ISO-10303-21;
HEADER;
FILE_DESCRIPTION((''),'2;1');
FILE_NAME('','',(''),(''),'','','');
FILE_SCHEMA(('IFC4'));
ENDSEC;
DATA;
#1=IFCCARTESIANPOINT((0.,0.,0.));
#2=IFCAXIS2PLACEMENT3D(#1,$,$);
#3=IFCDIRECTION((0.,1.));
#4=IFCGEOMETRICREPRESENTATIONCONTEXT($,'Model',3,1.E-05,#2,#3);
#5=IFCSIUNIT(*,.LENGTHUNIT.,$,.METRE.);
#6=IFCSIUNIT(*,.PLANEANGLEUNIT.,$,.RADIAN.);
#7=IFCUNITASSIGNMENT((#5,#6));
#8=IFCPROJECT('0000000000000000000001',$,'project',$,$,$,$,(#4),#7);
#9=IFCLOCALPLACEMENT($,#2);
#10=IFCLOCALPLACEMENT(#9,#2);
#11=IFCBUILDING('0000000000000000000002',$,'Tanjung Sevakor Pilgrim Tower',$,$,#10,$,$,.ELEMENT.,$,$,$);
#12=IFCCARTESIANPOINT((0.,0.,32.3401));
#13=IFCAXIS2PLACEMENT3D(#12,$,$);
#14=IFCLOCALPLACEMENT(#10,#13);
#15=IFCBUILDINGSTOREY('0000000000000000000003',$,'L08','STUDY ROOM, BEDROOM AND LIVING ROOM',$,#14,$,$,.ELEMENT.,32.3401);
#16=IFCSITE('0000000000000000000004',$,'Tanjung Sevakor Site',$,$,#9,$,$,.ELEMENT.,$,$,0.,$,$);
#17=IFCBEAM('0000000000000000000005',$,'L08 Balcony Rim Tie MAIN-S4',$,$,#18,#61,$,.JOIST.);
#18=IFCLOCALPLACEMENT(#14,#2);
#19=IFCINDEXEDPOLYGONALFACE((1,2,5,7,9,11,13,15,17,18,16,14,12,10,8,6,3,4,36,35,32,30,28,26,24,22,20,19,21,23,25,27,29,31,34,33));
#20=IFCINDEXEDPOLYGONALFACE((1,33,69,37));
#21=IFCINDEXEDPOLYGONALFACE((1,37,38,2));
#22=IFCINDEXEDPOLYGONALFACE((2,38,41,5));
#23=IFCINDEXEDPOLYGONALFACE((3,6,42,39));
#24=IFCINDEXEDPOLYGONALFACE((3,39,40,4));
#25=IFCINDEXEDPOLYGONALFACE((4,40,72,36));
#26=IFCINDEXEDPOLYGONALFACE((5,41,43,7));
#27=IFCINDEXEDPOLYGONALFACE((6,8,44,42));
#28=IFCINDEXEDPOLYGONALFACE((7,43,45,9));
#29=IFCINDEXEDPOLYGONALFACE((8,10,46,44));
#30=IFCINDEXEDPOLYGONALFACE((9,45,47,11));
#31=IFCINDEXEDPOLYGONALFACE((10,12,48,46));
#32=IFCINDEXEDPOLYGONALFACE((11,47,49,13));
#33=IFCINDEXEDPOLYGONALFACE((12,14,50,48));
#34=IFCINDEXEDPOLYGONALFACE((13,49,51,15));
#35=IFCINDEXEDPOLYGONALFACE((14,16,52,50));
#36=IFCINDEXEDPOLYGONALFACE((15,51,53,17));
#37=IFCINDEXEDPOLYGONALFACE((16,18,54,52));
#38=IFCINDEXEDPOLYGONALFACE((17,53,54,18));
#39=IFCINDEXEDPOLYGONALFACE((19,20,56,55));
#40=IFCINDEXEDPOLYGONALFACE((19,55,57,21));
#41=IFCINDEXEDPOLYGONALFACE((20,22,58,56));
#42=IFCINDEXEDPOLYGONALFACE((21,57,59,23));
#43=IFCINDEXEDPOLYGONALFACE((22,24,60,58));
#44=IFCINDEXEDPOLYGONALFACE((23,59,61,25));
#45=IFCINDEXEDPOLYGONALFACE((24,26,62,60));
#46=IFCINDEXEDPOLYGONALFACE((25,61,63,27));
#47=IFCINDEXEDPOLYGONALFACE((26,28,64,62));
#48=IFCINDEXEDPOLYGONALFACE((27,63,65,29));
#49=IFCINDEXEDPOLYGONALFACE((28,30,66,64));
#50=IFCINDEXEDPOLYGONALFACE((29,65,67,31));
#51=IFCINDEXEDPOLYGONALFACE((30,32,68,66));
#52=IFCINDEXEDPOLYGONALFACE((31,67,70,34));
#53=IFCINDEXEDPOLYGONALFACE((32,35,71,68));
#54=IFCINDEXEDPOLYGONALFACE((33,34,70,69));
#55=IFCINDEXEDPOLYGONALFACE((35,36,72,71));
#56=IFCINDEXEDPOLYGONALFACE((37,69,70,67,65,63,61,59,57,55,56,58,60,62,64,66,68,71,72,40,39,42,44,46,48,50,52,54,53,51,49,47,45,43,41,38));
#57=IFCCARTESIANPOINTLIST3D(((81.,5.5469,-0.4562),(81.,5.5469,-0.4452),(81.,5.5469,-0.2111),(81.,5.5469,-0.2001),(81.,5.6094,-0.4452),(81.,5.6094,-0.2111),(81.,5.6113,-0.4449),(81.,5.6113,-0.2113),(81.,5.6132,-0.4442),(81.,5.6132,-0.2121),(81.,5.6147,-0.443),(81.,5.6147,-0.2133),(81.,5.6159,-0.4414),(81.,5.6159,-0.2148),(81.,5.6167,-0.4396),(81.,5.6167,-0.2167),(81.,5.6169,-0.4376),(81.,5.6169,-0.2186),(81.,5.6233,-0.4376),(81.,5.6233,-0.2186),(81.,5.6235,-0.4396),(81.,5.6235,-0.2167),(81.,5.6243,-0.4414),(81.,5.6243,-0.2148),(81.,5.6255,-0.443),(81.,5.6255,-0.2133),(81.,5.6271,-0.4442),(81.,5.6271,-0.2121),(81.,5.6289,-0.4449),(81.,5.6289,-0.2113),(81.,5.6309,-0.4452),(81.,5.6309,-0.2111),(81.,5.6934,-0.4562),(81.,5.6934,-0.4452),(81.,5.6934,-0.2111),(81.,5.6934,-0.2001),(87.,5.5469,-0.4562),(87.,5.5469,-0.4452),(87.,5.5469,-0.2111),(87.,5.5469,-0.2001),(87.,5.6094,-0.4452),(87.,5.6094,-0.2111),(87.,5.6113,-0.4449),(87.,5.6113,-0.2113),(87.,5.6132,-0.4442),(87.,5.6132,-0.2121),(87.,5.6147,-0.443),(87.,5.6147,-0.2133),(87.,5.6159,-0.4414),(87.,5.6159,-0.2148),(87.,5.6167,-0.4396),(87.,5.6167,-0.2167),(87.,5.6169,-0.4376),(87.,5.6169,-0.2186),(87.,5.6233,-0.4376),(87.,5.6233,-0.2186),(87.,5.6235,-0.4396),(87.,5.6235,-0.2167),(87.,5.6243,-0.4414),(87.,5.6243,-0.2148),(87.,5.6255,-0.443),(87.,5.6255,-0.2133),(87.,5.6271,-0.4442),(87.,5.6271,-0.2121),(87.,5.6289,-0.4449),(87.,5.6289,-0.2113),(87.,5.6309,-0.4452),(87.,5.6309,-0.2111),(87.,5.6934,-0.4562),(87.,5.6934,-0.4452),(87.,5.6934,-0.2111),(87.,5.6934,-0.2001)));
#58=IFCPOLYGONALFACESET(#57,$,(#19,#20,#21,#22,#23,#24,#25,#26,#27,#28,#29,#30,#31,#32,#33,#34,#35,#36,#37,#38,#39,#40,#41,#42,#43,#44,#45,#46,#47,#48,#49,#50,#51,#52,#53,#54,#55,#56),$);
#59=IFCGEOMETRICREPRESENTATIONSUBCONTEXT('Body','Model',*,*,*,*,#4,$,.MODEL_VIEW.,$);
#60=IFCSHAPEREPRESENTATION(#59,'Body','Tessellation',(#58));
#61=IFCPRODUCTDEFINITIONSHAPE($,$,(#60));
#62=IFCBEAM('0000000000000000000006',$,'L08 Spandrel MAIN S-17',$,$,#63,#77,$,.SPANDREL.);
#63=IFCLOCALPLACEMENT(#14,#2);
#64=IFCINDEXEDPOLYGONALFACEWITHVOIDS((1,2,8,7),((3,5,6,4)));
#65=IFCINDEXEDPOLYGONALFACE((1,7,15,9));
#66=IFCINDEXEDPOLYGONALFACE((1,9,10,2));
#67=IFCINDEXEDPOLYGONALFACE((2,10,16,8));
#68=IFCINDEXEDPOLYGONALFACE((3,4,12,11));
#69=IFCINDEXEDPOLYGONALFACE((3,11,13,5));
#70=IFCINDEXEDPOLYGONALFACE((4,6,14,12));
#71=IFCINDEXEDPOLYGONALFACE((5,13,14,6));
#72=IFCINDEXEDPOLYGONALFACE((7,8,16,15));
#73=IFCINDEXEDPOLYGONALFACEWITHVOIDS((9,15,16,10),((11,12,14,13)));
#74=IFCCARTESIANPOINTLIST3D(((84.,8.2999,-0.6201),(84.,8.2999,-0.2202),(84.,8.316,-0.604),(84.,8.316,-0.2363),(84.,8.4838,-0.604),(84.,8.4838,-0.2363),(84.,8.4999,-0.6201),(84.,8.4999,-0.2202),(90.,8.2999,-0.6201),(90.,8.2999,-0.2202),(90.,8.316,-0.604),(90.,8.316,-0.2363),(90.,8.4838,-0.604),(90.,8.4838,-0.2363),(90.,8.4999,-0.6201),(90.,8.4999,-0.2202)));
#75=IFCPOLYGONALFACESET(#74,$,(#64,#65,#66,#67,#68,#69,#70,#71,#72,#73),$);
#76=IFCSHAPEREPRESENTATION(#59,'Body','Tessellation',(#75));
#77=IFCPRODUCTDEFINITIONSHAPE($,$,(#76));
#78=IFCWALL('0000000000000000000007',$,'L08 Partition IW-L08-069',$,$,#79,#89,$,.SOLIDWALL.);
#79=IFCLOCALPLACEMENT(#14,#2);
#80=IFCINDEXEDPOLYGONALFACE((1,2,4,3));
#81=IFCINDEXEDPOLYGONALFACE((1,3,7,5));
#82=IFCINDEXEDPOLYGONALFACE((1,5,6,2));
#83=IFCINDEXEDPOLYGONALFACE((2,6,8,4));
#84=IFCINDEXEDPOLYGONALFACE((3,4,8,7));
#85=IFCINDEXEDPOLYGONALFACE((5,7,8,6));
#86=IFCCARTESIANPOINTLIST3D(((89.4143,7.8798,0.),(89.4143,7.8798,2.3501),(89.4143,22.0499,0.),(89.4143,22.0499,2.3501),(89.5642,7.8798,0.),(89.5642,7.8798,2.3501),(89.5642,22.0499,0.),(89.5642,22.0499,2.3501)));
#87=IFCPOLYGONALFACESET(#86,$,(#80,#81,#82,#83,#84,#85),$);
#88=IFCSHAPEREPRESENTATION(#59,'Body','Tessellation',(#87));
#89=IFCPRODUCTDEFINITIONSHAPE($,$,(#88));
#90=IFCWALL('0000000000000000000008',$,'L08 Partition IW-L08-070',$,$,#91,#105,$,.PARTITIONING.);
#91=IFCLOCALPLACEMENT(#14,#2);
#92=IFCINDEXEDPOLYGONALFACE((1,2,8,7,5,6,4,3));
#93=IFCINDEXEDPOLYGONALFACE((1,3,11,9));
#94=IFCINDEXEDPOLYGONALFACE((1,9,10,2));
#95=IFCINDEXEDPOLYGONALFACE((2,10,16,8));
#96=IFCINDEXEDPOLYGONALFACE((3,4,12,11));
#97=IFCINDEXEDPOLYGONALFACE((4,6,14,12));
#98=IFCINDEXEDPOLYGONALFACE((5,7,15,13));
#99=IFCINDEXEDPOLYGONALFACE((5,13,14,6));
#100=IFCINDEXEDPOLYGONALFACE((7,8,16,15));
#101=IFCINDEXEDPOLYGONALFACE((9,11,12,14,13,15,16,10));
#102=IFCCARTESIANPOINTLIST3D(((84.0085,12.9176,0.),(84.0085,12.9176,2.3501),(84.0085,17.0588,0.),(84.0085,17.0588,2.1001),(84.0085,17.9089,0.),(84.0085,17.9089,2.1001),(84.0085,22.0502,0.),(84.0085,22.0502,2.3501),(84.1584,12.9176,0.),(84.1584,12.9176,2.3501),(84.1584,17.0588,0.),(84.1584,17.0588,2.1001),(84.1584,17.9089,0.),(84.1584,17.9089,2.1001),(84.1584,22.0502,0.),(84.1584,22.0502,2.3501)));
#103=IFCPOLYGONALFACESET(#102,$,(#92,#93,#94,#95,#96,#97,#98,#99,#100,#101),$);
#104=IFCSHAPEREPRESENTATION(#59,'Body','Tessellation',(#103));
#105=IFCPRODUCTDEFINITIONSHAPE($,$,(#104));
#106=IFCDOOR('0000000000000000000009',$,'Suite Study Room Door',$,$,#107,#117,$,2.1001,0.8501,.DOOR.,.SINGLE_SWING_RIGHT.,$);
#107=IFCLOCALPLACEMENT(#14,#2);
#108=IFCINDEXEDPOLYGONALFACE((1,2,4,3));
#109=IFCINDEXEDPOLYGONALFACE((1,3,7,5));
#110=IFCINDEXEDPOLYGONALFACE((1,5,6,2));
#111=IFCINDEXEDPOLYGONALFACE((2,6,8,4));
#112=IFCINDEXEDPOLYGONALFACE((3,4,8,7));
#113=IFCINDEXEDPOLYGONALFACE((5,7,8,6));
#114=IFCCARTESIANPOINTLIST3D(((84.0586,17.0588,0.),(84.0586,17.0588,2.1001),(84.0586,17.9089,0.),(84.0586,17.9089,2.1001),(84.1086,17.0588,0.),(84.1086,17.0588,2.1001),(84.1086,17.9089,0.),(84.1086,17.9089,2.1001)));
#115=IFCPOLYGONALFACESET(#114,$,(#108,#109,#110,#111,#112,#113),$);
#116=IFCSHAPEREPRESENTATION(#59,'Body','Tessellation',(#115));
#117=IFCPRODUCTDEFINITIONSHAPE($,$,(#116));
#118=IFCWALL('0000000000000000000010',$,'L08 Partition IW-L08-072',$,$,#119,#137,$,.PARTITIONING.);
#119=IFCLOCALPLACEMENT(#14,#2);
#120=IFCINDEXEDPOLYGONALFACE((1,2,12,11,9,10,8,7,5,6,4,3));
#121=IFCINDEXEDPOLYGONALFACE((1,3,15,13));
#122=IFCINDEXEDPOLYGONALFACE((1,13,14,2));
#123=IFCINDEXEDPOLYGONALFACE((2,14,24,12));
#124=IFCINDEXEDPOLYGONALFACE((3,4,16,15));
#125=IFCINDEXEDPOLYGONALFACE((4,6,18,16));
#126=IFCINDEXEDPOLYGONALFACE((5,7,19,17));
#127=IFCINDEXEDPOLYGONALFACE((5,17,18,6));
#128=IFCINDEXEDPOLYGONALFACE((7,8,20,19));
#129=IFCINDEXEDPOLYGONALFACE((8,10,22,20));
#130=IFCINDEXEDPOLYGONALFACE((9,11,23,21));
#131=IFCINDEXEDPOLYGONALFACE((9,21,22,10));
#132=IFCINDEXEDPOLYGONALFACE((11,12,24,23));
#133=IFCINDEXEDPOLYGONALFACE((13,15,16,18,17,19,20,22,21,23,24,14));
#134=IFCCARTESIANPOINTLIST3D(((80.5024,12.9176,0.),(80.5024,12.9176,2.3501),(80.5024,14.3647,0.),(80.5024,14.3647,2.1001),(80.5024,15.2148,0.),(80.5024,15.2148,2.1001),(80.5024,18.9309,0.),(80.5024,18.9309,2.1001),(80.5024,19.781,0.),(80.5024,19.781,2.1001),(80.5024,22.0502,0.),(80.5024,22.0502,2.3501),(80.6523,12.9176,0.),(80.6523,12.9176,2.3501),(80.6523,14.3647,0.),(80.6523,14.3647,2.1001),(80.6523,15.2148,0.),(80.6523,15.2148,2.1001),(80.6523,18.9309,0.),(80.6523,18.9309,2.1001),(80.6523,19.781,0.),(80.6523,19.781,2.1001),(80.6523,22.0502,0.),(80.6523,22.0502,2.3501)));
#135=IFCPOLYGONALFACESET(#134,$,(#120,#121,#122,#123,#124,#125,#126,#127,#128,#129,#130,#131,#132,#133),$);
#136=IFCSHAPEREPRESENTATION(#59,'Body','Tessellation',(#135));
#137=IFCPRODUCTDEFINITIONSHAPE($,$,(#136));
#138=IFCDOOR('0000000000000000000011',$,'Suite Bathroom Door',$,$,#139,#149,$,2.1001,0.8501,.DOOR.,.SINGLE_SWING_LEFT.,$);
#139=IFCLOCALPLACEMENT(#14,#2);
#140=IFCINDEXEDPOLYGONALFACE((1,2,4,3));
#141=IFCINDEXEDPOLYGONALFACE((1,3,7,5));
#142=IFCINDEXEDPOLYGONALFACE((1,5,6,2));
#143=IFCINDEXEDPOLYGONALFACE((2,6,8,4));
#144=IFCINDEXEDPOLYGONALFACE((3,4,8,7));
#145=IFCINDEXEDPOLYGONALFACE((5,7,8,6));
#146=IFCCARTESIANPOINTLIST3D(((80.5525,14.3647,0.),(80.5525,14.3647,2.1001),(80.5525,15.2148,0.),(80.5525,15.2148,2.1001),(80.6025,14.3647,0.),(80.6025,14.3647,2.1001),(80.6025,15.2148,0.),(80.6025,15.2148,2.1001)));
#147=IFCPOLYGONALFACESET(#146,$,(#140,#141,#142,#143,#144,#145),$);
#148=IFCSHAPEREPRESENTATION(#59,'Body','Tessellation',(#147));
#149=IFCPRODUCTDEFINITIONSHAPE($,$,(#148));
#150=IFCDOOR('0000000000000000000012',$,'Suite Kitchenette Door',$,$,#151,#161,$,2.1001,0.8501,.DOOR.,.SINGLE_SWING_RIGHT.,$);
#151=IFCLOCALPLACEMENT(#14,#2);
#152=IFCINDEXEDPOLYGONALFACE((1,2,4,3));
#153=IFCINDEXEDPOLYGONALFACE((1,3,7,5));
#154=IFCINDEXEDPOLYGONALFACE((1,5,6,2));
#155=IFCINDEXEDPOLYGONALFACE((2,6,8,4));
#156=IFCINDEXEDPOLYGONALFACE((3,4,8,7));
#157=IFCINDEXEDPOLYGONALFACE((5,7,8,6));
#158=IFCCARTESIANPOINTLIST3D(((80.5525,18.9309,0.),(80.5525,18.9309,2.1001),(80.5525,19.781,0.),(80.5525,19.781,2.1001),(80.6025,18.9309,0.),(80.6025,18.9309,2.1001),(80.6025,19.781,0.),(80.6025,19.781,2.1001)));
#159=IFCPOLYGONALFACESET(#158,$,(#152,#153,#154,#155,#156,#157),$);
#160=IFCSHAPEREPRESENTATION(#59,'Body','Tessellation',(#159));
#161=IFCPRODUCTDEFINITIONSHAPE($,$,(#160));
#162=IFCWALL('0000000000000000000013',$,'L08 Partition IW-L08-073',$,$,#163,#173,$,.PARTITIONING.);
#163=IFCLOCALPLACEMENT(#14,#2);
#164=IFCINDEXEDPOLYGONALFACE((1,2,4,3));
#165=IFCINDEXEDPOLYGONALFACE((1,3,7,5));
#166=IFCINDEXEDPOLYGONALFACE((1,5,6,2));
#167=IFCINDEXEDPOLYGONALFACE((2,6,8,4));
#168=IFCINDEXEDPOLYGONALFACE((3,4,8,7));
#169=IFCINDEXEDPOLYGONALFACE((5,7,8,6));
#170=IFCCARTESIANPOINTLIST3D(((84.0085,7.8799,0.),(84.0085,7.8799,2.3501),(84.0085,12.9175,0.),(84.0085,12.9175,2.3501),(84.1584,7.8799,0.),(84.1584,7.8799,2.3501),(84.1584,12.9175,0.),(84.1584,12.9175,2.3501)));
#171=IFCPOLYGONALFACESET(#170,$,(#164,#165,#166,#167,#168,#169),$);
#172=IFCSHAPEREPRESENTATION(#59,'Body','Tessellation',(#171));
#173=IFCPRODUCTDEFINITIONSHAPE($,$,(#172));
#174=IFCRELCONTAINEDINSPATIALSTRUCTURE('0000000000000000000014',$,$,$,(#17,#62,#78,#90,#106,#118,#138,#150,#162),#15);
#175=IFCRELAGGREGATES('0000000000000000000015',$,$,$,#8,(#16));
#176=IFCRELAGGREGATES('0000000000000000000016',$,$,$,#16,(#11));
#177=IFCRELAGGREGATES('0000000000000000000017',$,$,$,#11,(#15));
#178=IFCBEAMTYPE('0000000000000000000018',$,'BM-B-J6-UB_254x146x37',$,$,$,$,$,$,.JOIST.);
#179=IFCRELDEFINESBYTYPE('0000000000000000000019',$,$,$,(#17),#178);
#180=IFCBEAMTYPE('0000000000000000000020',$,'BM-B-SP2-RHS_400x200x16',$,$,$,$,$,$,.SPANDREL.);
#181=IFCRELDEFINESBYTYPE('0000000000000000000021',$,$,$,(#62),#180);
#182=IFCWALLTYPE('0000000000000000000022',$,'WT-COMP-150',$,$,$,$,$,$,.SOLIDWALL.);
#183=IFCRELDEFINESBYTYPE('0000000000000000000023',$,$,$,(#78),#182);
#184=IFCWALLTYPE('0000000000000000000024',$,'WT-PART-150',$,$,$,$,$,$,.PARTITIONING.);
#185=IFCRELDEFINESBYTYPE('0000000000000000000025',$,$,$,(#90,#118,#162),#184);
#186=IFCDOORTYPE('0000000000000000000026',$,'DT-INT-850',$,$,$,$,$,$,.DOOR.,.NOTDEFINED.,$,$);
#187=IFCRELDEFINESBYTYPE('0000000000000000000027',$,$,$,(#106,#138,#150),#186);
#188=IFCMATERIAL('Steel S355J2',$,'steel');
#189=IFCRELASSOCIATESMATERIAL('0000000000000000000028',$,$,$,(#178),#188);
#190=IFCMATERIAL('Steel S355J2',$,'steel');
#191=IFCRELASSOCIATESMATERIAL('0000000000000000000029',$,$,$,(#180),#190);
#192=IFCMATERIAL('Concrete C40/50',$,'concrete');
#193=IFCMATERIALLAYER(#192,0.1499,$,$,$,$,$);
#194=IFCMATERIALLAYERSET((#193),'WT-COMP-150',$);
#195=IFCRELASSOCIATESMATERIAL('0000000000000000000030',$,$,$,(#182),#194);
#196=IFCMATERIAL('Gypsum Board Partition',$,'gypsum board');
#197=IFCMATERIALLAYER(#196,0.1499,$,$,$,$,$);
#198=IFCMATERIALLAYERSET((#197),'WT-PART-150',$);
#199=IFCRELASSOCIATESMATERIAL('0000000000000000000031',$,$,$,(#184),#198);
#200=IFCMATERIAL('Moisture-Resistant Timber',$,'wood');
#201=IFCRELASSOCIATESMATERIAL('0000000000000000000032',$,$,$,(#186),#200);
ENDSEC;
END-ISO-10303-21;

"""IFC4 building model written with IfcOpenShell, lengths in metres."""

from ifc_helpers import new_model, si_unit, direction, frame, frame_2d, origin, origin_2d, place, context, subcontext, project, spatial, rectangle, hollow_rectangle, i_section, extrude, material, layer, layer_set, material_profile, profile_set, type_object, element, fill, save


model = new_model("IFC4")

# Units and contexts
model_context = context("Model", 3, precision=1e-05, world=origin(), true_north=direction((0.0, 1.0)))
body_context = subcontext(model_context, "Body", "Model", "MODEL_VIEW")
ifc_project = project(units=[si_unit("LENGTHUNIT", "METRE"), si_unit("PLANEANGLEUNIT", "RADIAN")], contexts=[model_context])

# Site, building, storey
site_placement = place(None, origin())
site = spatial("IfcSite", under=ifc_project, at=site_placement, Name="Tanjung Sevakor Site", CompositionType="ELEMENT", RefElevation=0.0)
building_placement = place(site_placement, origin())
building = spatial("IfcBuilding", under=site, at=building_placement, Name="Tanjung Sevakor Pilgrim Tower", CompositionType="ELEMENT")
storey_placement = place(building_placement, frame((0.0, 0.0, 32.3401)))
storey = spatial("IfcBuildingStorey", under=building, at=storey_placement, Name="L08", Description="STUDY ROOM, BEDROOM AND LIVING ROOM", CompositionType="ELEMENT", Elevation=32.3401)

# Beams
ifc_material_1 = material(Name="Steel S355J2", Category="steel")
ifc_material_profile_1 = material_profile(ifc_material_1, i_section(OverallWidth=0.1465, OverallDepth=0.2561, WebThickness=0.0063, FlangeThickness=0.011, FilletRadius=0.0076, at=origin_2d()))
ifc_profile_set_1 = profile_set([ifc_material_profile_1], Name="Steel S355J2")
beam_type_1 = type_object("IfcBeamType", Name="BM-B-J6-UB_254x146x37", PredefinedType="JOIST", material=ifc_profile_set_1)
beam_1_placement = place(storey_placement, frame((81.0, 5.6201, -0.3281), z_axis=(1.0, 0.0, 0.0), x_axis=(0.0, 1.0, 0.0)))
element("IfcBeam", 1, at=beam_1_placement, inside=storey, type_object=beam_type_1, Name="L08 Balcony Rim Tie MAIN-S4", PredefinedType="JOIST", context=body_context, shape_type="SweptSolid", body=[
    extrude(i_section(OverallWidth=0.1465, OverallDepth=0.2561, WebThickness=0.0063, FlangeThickness=0.011, FilletRadius=0.0076, at=origin_2d()), origin(), (0.0, 0.0, 1.0), 6.0),
])
ifc_material_2 = material(Name="Steel S355J2", Category="steel")
ifc_material_profile_2 = material_profile(ifc_material_2, hollow_rectangle(XDim=0.2, YDim=0.3999, WallThickness=0.0161, at=origin_2d()))
ifc_profile_set_2 = profile_set([ifc_material_profile_2], Name="Steel S355J2")
beam_type_2 = type_object("IfcBeamType", Name="BM-B-SP2-RHS_400x200x16", PredefinedType="SPANDREL", material=ifc_profile_set_2)
beam_2_placement = place(storey_placement, frame((84.0, 8.3999, -0.4202), z_axis=(1.0, 0.0, 0.0), x_axis=(0.0, 1.0, 0.0)))
element("IfcBeam", 2, at=beam_2_placement, inside=storey, type_object=beam_type_2, Name="L08 Spandrel MAIN S-17", PredefinedType="SPANDREL", context=body_context, shape_type="SweptSolid", body=[
    extrude(hollow_rectangle(XDim=0.2, YDim=0.3999, WallThickness=0.0161, at=origin_2d()), origin(), (0.0, 0.0, 1.0), 6.0),
])

# Wall
ifc_material_3 = material(Name="Concrete C40/50", Category="concrete")
ifc_layer_1 = layer(ifc_material_3, 0.1499)
ifc_layer_set_1 = layer_set([ifc_layer_1], Name="WT-COMP-150")
wall_type_1 = type_object("IfcWallType", Name="WT-COMP-150", PredefinedType="SOLIDWALL", material=ifc_layer_set_1)
wall_1_placement = place(storey_placement, frame((89.4893, 7.8799, 0.0), z_axis=(0.0, 0.0, 1.0), x_axis=(0.0, 1.0, 0.0)))
element("IfcWall", 3, at=wall_1_placement, inside=storey, type_object=wall_type_1, Name="L08 Partition IW-L08-069", PredefinedType="SOLIDWALL", context=body_context, shape_type="SweptSolid", body=[
    extrude(rectangle(XDim=14.1702, YDim=0.1499, at=frame_2d((7.085, 0.0))), origin(), (0.0, 0.0, 1.0), 2.3501),
])

# Wall, opening, door
ifc_material_4 = material(Name="Gypsum Board Partition", Category="gypsum board")
ifc_layer_2 = layer(ifc_material_4, 0.1499)
ifc_layer_set_2 = layer_set([ifc_layer_2], Name="WT-PART-150")
wall_type_2 = type_object("IfcWallType", Name="WT-PART-150", PredefinedType="PARTITIONING", material=ifc_layer_set_2)
wall_2_placement = place(storey_placement, frame((84.0835, 12.9175, 0.0), z_axis=(0.0, 0.0, 1.0), x_axis=(0.0, 1.0, 0.0)))
wall_2 = element("IfcWall", 4, at=wall_2_placement, inside=storey, type_object=wall_type_2, Name="L08 Partition IW-L08-070", PredefinedType="PARTITIONING", context=body_context, shape_type="SweptSolid", body=[
    extrude(rectangle(XDim=9.1326, YDim=0.1499, at=frame_2d((4.5664, 0.0))), origin(), (0.0, 0.0, 1.0), 2.3501),
])
opening_1_placement = place(wall_2_placement, frame((4.1414, 0.0, 0.0)))
opening_1 = element("IfcOpeningElement", 5, at=opening_1_placement, cuts=wall_2, PredefinedType="OPENING", context=body_context, shape_type="SweptSolid", body=[
    extrude(rectangle(XDim=0.8501, YDim=2.1001, at=frame_2d((0.425, 1.05))), frame((0.0, 0.085, 0.0), z_axis=(0.0, -1.0, 0.0), x_axis=(1.0, 0.0, 0.0)), (0.0, 0.0, 1.0), 0.1699),
])
ifc_material_5 = material(Name="Moisture-Resistant Timber", Category="wood")
door_type = type_object("IfcDoorType", Name="DT-INT-850", OperationType="NOTDEFINED", PredefinedType="DOOR", material=ifc_material_5)
door_1_placement = place(opening_1_placement, origin())
door_1 = element("IfcDoor", 6, at=door_1_placement, inside=storey, type_object=door_type, Name="Suite Study Room Door", OperationType="SINGLE_SWING_RIGHT", OverallHeight=2.1001, OverallWidth=0.8501, PredefinedType="DOOR", context=body_context, shape_type="SweptSolid", body=[
    extrude(rectangle(XDim=0.8501, YDim=2.1001, at=frame_2d((0.425, 1.05))), frame((0.0, 0.0249, 0.0), z_axis=(0.0, -1.0, 0.0), x_axis=(1.0, 0.0, 0.0)), (0.0, 0.0, 1.0), 0.05),
])
fill(opening_1, door_1)

# Wall, openings, doors
wall_3_placement = place(storey_placement, frame((80.5774, 12.9175, 0.0), z_axis=(0.0, 0.0, 1.0), x_axis=(0.0, 1.0, 0.0)))
wall_3 = element("IfcWall", 7, at=wall_3_placement, inside=storey, type_object=wall_type_2, Name="L08 Partition IW-L08-072", PredefinedType="PARTITIONING", context=body_context, shape_type="SweptSolid", body=[
    extrude(rectangle(XDim=9.1326, YDim=0.1499, at=frame_2d((4.5664, 0.0))), origin(), (0.0, 0.0, 1.0), 2.3501),
])
opening_2_placement = place(wall_3_placement, frame((1.4473, 0.0, 0.0)))
opening_2 = element("IfcOpeningElement", 8, at=opening_2_placement, cuts=wall_3, PredefinedType="OPENING", context=body_context, shape_type="SweptSolid", body=[
    extrude(rectangle(XDim=0.8501, YDim=2.1001, at=frame_2d((0.425, 1.05))), frame((0.0, 0.085, 0.0), z_axis=(0.0, -1.0, 0.0), x_axis=(1.0, 0.0, 0.0)), (0.0, 0.0, 1.0), 0.1699),
])
opening_3_placement = place(wall_3_placement, frame((6.0134, 0.0, 0.0)))
opening_3 = element("IfcOpeningElement", 9, at=opening_3_placement, cuts=wall_3, PredefinedType="OPENING", context=body_context, shape_type="SweptSolid", body=[
    extrude(rectangle(XDim=0.8501, YDim=2.1001, at=frame_2d((0.425, 1.05))), frame((0.0, 0.085, 0.0), z_axis=(0.0, -1.0, 0.0), x_axis=(1.0, 0.0, 0.0)), (0.0, 0.0, 1.0), 0.1699),
])
door_2_placement = place(opening_2_placement, origin())
door_2 = element("IfcDoor", 10, at=door_2_placement, inside=storey, type_object=door_type, Name="Suite Bathroom Door", OperationType="SINGLE_SWING_LEFT", OverallHeight=2.1001, OverallWidth=0.8501, PredefinedType="DOOR", context=body_context, shape_type="SweptSolid", body=[
    extrude(rectangle(XDim=0.8501, YDim=2.1001, at=frame_2d((0.425, 1.05))), frame((0.0, 0.0249, 0.0), z_axis=(0.0, -1.0, 0.0), x_axis=(1.0, 0.0, 0.0)), (0.0, 0.0, 1.0), 0.05),
])
fill(opening_2, door_2)
door_3_placement = place(opening_3_placement, origin())
door_3 = element("IfcDoor", 11, at=door_3_placement, inside=storey, type_object=door_type, Name="Suite Kitchenette Door", OperationType="SINGLE_SWING_RIGHT", OverallHeight=2.1001, OverallWidth=0.8501, PredefinedType="DOOR", context=body_context, shape_type="SweptSolid", body=[
    extrude(rectangle(XDim=0.8501, YDim=2.1001, at=frame_2d((0.425, 1.05))), frame((0.0, 0.0249, 0.0), z_axis=(0.0, -1.0, 0.0), x_axis=(1.0, 0.0, 0.0)), (0.0, 0.0, 1.0), 0.05),
])
fill(opening_3, door_3)

# Wall
wall_4_placement = place(storey_placement, frame((84.0835, 7.8799, 0.0), z_axis=(0.0, 0.0, 1.0), x_axis=(0.0, 1.0, 0.0)))
element("IfcWall", 12, at=wall_4_placement, inside=storey, type_object=wall_type_2, Name="L08 Partition IW-L08-073", PredefinedType="PARTITIONING", context=body_context, shape_type="SweptSolid", body=[
    extrude(rectangle(XDim=5.0376, YDim=0.1499, at=frame_2d((2.5188, 0.0))), origin(), (0.0, 0.0, 1.0), 2.3501),
])

save(model, "model.ifc")
